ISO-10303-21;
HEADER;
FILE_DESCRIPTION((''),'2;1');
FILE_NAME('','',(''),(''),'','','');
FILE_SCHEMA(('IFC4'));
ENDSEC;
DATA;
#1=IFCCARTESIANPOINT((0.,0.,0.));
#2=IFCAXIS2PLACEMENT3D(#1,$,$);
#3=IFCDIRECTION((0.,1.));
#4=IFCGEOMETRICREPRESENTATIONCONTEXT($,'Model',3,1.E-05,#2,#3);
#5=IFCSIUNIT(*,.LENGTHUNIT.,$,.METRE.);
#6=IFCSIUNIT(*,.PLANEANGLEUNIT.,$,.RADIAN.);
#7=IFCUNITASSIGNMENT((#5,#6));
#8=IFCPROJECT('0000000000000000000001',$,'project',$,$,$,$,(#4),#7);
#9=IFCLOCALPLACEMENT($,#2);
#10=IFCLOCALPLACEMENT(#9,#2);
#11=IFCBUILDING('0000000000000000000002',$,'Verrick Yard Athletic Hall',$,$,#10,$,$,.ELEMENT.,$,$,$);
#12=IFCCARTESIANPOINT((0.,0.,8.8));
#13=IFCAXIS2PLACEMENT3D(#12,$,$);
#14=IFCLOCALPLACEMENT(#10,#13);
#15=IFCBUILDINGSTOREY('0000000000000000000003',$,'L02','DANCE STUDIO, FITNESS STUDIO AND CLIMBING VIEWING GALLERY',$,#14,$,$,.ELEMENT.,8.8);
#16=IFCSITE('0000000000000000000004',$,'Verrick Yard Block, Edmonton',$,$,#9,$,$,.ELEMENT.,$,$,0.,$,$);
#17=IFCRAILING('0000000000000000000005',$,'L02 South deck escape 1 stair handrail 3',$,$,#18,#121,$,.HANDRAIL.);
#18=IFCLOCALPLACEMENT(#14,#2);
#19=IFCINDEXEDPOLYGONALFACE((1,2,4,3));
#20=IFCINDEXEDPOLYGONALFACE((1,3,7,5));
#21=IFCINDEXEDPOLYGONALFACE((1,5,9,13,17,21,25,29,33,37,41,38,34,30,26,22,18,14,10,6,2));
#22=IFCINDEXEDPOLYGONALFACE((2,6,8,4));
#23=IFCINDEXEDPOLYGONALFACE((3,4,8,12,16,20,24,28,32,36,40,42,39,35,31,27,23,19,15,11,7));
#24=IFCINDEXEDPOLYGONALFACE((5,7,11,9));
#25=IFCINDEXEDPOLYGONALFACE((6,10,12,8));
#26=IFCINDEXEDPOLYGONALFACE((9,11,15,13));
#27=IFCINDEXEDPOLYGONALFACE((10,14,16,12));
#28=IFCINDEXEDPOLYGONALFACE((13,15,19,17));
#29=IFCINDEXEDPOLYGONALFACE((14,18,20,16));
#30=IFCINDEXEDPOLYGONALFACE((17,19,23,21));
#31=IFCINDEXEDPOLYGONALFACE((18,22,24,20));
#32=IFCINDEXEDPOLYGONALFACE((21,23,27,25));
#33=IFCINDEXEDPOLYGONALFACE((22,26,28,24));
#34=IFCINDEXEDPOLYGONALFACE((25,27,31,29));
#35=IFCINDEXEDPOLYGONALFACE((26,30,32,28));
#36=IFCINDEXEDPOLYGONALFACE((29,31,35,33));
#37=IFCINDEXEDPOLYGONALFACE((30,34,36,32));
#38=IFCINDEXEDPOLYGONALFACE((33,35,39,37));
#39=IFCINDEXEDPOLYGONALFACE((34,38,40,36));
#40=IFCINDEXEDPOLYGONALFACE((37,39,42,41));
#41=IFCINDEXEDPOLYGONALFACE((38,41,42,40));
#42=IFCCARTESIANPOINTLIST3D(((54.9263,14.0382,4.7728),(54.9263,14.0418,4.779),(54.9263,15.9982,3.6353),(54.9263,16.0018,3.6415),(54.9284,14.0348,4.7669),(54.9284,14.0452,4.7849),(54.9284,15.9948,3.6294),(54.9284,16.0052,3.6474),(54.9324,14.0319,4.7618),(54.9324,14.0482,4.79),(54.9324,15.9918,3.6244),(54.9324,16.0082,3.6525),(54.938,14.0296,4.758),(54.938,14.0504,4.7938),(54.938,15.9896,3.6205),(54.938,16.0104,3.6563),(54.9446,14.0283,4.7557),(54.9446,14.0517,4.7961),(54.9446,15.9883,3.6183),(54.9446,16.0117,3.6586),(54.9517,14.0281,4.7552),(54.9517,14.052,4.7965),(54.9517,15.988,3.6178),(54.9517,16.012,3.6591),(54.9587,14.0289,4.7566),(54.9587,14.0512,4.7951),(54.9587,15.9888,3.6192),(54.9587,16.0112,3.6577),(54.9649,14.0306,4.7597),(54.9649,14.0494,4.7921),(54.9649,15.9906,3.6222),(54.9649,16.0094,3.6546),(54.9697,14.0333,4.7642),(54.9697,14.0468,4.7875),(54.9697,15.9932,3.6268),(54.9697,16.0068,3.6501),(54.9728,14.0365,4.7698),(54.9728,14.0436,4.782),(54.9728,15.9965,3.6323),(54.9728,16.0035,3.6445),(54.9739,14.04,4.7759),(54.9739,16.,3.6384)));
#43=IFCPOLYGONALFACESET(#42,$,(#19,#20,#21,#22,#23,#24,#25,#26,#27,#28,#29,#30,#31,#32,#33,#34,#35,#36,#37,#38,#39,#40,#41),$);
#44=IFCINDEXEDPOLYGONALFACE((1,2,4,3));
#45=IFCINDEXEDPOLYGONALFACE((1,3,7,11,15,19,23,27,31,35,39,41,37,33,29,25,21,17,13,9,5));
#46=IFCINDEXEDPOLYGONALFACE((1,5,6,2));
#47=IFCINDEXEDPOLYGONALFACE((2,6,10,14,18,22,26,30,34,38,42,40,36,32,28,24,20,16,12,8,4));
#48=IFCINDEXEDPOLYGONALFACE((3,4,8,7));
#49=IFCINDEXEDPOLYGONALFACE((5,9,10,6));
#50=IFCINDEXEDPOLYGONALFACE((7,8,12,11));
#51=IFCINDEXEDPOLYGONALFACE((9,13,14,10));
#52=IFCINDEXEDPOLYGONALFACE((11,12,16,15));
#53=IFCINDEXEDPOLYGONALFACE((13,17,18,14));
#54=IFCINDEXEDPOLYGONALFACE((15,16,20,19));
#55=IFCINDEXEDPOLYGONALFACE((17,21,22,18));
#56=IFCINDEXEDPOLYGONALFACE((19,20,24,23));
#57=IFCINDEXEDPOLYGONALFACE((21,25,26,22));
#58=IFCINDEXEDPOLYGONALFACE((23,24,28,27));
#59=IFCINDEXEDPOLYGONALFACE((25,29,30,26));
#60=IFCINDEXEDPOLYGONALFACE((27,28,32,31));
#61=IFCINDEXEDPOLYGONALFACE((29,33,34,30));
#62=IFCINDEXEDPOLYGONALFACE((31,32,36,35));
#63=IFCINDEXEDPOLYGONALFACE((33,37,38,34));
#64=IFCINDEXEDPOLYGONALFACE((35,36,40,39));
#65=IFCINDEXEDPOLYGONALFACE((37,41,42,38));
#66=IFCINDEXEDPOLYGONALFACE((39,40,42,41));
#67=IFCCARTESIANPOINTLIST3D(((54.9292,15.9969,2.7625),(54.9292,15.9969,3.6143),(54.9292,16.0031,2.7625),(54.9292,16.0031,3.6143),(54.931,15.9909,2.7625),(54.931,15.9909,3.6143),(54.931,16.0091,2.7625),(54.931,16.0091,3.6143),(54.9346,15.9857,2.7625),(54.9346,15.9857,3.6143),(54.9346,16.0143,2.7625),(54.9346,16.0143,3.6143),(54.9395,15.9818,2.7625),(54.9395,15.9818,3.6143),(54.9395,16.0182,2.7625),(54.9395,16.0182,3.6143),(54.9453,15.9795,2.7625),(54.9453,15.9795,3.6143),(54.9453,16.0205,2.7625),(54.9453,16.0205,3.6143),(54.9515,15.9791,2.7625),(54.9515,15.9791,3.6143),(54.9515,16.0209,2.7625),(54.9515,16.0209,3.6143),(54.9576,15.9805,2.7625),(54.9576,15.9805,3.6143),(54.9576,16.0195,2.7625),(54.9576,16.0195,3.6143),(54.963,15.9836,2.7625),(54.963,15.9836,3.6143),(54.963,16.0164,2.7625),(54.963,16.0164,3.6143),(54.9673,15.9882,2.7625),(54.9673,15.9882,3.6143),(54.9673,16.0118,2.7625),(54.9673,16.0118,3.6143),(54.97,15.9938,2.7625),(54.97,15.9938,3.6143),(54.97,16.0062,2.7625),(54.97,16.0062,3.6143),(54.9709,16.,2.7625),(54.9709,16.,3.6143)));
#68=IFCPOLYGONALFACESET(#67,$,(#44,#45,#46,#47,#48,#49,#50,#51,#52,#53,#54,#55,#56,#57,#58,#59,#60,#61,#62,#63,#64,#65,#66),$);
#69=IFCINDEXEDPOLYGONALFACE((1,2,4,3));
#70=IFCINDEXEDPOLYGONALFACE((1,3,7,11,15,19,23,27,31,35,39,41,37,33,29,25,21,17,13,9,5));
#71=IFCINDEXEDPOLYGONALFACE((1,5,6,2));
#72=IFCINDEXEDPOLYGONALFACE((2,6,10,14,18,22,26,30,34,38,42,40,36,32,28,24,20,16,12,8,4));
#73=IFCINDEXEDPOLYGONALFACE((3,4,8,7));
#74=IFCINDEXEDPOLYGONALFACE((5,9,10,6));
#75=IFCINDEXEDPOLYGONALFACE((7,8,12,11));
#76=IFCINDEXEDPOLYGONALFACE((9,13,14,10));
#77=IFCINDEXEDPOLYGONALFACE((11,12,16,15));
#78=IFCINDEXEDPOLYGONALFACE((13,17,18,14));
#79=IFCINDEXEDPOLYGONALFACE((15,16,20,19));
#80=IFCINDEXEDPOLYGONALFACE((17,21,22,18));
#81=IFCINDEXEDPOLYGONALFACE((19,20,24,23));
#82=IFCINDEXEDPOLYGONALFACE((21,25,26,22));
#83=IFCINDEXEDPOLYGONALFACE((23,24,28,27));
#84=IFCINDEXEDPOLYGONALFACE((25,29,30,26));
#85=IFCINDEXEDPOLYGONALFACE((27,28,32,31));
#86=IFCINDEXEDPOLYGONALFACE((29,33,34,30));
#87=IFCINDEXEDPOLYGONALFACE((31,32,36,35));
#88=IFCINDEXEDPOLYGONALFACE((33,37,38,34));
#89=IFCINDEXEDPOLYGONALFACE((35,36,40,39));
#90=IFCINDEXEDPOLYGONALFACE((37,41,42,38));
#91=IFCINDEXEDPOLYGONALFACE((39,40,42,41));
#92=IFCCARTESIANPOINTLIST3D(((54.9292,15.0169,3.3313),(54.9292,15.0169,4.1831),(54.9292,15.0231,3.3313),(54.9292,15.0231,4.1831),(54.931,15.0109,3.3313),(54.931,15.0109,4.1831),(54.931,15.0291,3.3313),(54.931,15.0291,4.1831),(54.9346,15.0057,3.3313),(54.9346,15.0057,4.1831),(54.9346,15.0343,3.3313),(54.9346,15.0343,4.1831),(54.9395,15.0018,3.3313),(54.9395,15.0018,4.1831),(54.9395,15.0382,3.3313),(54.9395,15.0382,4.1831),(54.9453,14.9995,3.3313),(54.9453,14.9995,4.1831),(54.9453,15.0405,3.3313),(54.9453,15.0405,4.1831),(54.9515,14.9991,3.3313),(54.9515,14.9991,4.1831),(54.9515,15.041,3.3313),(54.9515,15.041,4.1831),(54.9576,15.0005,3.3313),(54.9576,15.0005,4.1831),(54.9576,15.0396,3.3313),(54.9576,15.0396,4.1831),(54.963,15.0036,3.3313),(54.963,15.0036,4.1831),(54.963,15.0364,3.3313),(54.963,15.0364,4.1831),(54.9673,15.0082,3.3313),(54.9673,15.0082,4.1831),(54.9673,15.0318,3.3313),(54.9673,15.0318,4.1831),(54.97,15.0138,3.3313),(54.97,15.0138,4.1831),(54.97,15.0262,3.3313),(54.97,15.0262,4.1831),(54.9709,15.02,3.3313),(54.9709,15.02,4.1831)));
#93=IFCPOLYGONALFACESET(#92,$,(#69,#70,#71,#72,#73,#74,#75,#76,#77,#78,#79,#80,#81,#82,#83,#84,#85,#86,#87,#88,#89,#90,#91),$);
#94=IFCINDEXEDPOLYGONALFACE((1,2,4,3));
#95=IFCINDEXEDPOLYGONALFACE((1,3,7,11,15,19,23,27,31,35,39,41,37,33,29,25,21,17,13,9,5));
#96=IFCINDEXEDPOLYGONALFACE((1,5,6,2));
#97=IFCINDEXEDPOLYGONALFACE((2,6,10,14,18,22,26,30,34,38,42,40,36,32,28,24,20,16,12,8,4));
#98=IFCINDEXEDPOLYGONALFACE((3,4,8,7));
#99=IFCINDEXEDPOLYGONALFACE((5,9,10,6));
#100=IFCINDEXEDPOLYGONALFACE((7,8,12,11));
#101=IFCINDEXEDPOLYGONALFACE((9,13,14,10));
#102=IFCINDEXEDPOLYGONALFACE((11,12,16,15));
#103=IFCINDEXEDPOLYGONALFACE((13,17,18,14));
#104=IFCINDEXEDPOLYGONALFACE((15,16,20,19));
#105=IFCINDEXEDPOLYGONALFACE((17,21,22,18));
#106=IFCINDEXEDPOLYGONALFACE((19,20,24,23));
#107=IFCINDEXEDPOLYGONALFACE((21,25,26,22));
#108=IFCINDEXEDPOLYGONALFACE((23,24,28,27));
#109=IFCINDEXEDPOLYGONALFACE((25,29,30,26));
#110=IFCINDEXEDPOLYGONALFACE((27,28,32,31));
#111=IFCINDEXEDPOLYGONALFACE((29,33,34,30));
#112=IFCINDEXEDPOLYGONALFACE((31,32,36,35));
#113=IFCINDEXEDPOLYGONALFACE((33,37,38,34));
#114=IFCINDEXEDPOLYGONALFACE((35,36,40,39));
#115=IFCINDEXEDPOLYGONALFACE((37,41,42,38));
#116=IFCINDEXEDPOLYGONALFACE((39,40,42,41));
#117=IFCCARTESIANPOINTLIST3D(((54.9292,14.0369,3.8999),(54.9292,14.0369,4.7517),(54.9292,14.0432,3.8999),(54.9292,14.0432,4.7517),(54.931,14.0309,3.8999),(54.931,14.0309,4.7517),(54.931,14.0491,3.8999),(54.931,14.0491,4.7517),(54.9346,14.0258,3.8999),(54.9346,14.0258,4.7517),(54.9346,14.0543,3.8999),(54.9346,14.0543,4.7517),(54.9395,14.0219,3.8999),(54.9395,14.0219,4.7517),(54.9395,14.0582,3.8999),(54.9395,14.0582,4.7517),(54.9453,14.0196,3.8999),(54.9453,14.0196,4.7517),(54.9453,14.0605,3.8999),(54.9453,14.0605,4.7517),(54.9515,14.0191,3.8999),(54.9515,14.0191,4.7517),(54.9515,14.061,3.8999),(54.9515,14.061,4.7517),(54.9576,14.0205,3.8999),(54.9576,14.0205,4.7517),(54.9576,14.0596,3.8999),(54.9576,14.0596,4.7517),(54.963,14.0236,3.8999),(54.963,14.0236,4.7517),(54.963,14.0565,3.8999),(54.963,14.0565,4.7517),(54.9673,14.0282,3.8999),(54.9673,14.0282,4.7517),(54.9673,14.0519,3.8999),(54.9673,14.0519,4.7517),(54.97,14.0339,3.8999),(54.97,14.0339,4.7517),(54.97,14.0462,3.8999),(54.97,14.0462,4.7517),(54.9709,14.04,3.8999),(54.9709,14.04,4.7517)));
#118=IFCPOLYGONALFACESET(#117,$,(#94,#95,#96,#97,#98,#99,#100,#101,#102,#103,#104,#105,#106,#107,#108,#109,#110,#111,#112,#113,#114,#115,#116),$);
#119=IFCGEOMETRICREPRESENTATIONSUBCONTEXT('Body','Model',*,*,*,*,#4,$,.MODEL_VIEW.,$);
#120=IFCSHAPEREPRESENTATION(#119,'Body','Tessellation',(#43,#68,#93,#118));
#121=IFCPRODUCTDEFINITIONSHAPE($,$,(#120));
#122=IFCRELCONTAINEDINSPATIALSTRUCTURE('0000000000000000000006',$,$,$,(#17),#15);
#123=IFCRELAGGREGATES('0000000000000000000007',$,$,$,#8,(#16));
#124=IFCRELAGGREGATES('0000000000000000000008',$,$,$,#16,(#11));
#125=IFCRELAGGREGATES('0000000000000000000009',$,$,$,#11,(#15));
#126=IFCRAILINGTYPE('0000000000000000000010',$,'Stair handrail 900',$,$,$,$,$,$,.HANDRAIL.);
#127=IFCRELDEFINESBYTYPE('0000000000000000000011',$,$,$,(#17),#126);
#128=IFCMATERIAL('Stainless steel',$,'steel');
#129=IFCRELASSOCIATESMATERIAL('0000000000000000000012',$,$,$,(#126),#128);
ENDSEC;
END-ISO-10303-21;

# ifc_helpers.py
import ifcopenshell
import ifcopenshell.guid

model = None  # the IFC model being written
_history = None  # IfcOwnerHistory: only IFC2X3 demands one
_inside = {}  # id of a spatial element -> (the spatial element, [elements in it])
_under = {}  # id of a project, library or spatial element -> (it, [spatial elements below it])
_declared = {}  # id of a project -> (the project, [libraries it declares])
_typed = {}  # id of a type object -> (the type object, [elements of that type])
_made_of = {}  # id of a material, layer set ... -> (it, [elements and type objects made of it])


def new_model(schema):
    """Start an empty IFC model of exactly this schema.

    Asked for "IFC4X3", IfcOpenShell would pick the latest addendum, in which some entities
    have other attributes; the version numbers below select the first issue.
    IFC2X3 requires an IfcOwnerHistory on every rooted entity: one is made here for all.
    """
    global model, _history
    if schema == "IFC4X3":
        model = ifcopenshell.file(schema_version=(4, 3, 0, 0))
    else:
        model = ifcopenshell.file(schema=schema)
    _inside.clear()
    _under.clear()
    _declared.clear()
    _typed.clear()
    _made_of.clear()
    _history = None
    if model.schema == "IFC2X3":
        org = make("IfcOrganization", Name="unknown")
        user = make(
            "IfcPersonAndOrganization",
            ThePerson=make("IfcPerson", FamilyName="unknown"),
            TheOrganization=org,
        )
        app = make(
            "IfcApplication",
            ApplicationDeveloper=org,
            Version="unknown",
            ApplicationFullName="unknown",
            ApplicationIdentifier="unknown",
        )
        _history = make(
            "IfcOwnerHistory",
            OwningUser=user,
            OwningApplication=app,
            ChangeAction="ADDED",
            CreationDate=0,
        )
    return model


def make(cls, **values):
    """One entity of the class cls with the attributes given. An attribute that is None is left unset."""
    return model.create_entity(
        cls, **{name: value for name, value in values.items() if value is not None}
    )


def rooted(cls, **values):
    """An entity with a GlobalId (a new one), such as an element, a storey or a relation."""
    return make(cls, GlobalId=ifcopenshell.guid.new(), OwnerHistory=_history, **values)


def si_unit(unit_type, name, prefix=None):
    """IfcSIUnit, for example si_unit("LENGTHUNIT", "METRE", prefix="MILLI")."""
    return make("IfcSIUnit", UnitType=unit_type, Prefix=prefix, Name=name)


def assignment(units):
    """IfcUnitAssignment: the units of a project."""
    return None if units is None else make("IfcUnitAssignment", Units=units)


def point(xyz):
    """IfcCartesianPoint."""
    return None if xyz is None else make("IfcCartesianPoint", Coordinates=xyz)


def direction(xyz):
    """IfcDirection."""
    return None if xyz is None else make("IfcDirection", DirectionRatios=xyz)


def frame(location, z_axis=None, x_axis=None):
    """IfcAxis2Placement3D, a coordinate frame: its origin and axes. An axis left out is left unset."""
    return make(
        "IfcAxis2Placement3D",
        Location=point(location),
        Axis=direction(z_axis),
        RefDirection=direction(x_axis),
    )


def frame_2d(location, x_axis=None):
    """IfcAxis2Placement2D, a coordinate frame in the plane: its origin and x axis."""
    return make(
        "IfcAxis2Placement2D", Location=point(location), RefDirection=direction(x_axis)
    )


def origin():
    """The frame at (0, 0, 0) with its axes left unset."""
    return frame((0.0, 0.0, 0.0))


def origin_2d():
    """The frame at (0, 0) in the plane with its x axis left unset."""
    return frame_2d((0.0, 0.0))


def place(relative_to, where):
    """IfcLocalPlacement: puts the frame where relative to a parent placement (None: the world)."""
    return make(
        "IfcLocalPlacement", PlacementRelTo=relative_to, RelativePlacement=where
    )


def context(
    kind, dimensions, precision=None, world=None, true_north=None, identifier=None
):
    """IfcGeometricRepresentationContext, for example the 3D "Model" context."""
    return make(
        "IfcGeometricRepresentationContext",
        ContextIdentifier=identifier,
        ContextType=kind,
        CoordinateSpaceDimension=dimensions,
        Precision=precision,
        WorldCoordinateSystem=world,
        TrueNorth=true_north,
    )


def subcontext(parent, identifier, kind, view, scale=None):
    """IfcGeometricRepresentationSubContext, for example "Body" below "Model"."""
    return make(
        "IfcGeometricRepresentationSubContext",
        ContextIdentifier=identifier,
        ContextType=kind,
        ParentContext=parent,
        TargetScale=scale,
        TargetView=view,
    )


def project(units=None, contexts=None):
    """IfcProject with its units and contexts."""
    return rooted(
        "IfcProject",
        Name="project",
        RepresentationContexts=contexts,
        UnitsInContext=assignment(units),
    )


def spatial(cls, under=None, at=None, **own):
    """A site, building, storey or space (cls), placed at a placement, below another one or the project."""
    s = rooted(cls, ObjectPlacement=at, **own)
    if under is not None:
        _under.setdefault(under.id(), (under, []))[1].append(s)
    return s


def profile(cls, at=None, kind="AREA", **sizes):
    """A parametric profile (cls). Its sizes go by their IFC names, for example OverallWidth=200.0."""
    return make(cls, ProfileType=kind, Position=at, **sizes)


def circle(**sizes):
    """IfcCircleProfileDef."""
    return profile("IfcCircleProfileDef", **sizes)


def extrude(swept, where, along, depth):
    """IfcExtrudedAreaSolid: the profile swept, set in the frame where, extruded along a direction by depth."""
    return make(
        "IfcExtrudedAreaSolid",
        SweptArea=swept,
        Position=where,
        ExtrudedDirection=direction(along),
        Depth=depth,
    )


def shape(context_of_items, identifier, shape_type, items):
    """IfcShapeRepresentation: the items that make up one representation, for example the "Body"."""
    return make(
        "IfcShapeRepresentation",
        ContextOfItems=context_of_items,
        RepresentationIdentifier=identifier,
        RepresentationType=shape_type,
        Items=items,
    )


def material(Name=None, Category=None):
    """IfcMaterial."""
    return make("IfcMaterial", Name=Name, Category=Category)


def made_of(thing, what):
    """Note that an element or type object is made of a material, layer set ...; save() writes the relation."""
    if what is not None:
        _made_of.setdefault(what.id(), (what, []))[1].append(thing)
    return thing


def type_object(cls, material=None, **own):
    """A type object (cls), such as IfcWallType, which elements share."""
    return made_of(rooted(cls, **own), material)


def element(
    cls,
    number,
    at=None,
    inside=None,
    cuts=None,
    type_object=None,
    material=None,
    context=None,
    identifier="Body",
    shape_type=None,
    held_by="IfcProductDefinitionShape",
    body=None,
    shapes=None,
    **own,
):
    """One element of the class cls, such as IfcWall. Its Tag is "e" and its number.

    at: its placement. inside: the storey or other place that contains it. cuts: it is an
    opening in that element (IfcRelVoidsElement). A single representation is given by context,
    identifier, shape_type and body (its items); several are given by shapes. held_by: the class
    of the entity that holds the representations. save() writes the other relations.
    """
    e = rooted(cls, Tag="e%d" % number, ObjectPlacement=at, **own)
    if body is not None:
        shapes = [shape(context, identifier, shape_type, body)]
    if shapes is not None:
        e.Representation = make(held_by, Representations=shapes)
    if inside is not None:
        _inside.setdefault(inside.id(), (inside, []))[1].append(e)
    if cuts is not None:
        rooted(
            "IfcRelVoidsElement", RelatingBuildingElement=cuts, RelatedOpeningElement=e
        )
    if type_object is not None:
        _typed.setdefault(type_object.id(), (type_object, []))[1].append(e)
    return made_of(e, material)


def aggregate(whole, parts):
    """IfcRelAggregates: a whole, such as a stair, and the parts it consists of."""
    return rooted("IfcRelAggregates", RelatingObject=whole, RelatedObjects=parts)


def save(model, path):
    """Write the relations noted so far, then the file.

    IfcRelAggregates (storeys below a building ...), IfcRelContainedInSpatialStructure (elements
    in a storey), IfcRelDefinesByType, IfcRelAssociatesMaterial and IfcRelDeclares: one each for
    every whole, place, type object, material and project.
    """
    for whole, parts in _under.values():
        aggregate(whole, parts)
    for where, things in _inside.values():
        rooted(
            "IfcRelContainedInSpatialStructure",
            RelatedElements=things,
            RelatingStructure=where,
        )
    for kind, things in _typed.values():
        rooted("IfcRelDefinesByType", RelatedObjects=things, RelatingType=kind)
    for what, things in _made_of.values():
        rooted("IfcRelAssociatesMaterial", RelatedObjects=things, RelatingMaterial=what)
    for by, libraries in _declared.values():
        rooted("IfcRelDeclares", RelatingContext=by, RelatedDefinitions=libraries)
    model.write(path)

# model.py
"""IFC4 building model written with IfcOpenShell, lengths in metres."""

from ifc_helpers import new_model, si_unit, direction, frame, origin, origin_2d, place, context, subcontext, project, spatial, circle, extrude, material, type_object, element, save


model = new_model("IFC4")

# Units and contexts
model_context = context("Model", 3, precision=1e-05, world=origin(), true_north=direction((0.0, 1.0)))
body_context = subcontext(model_context, "Body", "Model", "MODEL_VIEW")
ifc_project = project(units=[si_unit("LENGTHUNIT", "METRE"), si_unit("PLANEANGLEUNIT", "RADIAN")], contexts=[model_context])

# Site, building, storey
site_placement = place(None, origin())
site = spatial("IfcSite", under=ifc_project, at=site_placement, Name="Verrick Yard Block, Edmonton", CompositionType="ELEMENT", RefElevation=0.0)
building_placement = place(site_placement, origin())
building = spatial("IfcBuilding", under=site, at=building_placement, Name="Verrick Yard Athletic Hall", CompositionType="ELEMENT")
storey_placement = place(building_placement, frame((0.0, 0.0, 8.8)))
storey = spatial("IfcBuildingStorey", under=building, at=storey_placement, Name="L02", Description="DANCE STUDIO, FITNESS STUDIO AND CLIMBING VIEWING GALLERY", CompositionType="ELEMENT", Elevation=8.8)

# Railing
ifc_material_1 = material(Name="Stainless steel", Category="steel")
railing_type_1 = type_object("IfcRailingType", Name="Stair handrail 900", PredefinedType="HANDRAIL", material=ifc_material_1)
railing_1_placement = place(storey_placement, frame((54.95, 16.0, 2.7625)))
element("IfcRailing", 1, at=railing_1_placement, inside=storey, type_object=railing_type_1, Name="L02 South deck escape 1 stair handrail 3", PredefinedType="HANDRAIL", context=body_context, shape_type="SweptSolid", body=[
    extrude(circle(Radius=0.0239, at=origin_2d()), frame((0.0, 0.0, 0.876), z_axis=(0.0, -0.864902, 0.501941), x_axis=(1.0, 0.0, 0.0)), (0.0, 0.0, 1.0), 2.2661),
    extrude(circle(Radius=0.021, at=origin_2d()), origin(), (0.0, 0.0, 1.0), 0.8518),
    extrude(circle(Radius=0.021, at=origin_2d()), frame((0.0, -0.98, 0.5688)), (0.0, 0.0, 1.0), 0.8518),
    extrude(circle(Radius=0.021, at=origin_2d()), frame((0.0, -1.96, 1.1375)), (0.0, 0.0, 1.0), 0.8518),
])

save(model, "model.ifc")
